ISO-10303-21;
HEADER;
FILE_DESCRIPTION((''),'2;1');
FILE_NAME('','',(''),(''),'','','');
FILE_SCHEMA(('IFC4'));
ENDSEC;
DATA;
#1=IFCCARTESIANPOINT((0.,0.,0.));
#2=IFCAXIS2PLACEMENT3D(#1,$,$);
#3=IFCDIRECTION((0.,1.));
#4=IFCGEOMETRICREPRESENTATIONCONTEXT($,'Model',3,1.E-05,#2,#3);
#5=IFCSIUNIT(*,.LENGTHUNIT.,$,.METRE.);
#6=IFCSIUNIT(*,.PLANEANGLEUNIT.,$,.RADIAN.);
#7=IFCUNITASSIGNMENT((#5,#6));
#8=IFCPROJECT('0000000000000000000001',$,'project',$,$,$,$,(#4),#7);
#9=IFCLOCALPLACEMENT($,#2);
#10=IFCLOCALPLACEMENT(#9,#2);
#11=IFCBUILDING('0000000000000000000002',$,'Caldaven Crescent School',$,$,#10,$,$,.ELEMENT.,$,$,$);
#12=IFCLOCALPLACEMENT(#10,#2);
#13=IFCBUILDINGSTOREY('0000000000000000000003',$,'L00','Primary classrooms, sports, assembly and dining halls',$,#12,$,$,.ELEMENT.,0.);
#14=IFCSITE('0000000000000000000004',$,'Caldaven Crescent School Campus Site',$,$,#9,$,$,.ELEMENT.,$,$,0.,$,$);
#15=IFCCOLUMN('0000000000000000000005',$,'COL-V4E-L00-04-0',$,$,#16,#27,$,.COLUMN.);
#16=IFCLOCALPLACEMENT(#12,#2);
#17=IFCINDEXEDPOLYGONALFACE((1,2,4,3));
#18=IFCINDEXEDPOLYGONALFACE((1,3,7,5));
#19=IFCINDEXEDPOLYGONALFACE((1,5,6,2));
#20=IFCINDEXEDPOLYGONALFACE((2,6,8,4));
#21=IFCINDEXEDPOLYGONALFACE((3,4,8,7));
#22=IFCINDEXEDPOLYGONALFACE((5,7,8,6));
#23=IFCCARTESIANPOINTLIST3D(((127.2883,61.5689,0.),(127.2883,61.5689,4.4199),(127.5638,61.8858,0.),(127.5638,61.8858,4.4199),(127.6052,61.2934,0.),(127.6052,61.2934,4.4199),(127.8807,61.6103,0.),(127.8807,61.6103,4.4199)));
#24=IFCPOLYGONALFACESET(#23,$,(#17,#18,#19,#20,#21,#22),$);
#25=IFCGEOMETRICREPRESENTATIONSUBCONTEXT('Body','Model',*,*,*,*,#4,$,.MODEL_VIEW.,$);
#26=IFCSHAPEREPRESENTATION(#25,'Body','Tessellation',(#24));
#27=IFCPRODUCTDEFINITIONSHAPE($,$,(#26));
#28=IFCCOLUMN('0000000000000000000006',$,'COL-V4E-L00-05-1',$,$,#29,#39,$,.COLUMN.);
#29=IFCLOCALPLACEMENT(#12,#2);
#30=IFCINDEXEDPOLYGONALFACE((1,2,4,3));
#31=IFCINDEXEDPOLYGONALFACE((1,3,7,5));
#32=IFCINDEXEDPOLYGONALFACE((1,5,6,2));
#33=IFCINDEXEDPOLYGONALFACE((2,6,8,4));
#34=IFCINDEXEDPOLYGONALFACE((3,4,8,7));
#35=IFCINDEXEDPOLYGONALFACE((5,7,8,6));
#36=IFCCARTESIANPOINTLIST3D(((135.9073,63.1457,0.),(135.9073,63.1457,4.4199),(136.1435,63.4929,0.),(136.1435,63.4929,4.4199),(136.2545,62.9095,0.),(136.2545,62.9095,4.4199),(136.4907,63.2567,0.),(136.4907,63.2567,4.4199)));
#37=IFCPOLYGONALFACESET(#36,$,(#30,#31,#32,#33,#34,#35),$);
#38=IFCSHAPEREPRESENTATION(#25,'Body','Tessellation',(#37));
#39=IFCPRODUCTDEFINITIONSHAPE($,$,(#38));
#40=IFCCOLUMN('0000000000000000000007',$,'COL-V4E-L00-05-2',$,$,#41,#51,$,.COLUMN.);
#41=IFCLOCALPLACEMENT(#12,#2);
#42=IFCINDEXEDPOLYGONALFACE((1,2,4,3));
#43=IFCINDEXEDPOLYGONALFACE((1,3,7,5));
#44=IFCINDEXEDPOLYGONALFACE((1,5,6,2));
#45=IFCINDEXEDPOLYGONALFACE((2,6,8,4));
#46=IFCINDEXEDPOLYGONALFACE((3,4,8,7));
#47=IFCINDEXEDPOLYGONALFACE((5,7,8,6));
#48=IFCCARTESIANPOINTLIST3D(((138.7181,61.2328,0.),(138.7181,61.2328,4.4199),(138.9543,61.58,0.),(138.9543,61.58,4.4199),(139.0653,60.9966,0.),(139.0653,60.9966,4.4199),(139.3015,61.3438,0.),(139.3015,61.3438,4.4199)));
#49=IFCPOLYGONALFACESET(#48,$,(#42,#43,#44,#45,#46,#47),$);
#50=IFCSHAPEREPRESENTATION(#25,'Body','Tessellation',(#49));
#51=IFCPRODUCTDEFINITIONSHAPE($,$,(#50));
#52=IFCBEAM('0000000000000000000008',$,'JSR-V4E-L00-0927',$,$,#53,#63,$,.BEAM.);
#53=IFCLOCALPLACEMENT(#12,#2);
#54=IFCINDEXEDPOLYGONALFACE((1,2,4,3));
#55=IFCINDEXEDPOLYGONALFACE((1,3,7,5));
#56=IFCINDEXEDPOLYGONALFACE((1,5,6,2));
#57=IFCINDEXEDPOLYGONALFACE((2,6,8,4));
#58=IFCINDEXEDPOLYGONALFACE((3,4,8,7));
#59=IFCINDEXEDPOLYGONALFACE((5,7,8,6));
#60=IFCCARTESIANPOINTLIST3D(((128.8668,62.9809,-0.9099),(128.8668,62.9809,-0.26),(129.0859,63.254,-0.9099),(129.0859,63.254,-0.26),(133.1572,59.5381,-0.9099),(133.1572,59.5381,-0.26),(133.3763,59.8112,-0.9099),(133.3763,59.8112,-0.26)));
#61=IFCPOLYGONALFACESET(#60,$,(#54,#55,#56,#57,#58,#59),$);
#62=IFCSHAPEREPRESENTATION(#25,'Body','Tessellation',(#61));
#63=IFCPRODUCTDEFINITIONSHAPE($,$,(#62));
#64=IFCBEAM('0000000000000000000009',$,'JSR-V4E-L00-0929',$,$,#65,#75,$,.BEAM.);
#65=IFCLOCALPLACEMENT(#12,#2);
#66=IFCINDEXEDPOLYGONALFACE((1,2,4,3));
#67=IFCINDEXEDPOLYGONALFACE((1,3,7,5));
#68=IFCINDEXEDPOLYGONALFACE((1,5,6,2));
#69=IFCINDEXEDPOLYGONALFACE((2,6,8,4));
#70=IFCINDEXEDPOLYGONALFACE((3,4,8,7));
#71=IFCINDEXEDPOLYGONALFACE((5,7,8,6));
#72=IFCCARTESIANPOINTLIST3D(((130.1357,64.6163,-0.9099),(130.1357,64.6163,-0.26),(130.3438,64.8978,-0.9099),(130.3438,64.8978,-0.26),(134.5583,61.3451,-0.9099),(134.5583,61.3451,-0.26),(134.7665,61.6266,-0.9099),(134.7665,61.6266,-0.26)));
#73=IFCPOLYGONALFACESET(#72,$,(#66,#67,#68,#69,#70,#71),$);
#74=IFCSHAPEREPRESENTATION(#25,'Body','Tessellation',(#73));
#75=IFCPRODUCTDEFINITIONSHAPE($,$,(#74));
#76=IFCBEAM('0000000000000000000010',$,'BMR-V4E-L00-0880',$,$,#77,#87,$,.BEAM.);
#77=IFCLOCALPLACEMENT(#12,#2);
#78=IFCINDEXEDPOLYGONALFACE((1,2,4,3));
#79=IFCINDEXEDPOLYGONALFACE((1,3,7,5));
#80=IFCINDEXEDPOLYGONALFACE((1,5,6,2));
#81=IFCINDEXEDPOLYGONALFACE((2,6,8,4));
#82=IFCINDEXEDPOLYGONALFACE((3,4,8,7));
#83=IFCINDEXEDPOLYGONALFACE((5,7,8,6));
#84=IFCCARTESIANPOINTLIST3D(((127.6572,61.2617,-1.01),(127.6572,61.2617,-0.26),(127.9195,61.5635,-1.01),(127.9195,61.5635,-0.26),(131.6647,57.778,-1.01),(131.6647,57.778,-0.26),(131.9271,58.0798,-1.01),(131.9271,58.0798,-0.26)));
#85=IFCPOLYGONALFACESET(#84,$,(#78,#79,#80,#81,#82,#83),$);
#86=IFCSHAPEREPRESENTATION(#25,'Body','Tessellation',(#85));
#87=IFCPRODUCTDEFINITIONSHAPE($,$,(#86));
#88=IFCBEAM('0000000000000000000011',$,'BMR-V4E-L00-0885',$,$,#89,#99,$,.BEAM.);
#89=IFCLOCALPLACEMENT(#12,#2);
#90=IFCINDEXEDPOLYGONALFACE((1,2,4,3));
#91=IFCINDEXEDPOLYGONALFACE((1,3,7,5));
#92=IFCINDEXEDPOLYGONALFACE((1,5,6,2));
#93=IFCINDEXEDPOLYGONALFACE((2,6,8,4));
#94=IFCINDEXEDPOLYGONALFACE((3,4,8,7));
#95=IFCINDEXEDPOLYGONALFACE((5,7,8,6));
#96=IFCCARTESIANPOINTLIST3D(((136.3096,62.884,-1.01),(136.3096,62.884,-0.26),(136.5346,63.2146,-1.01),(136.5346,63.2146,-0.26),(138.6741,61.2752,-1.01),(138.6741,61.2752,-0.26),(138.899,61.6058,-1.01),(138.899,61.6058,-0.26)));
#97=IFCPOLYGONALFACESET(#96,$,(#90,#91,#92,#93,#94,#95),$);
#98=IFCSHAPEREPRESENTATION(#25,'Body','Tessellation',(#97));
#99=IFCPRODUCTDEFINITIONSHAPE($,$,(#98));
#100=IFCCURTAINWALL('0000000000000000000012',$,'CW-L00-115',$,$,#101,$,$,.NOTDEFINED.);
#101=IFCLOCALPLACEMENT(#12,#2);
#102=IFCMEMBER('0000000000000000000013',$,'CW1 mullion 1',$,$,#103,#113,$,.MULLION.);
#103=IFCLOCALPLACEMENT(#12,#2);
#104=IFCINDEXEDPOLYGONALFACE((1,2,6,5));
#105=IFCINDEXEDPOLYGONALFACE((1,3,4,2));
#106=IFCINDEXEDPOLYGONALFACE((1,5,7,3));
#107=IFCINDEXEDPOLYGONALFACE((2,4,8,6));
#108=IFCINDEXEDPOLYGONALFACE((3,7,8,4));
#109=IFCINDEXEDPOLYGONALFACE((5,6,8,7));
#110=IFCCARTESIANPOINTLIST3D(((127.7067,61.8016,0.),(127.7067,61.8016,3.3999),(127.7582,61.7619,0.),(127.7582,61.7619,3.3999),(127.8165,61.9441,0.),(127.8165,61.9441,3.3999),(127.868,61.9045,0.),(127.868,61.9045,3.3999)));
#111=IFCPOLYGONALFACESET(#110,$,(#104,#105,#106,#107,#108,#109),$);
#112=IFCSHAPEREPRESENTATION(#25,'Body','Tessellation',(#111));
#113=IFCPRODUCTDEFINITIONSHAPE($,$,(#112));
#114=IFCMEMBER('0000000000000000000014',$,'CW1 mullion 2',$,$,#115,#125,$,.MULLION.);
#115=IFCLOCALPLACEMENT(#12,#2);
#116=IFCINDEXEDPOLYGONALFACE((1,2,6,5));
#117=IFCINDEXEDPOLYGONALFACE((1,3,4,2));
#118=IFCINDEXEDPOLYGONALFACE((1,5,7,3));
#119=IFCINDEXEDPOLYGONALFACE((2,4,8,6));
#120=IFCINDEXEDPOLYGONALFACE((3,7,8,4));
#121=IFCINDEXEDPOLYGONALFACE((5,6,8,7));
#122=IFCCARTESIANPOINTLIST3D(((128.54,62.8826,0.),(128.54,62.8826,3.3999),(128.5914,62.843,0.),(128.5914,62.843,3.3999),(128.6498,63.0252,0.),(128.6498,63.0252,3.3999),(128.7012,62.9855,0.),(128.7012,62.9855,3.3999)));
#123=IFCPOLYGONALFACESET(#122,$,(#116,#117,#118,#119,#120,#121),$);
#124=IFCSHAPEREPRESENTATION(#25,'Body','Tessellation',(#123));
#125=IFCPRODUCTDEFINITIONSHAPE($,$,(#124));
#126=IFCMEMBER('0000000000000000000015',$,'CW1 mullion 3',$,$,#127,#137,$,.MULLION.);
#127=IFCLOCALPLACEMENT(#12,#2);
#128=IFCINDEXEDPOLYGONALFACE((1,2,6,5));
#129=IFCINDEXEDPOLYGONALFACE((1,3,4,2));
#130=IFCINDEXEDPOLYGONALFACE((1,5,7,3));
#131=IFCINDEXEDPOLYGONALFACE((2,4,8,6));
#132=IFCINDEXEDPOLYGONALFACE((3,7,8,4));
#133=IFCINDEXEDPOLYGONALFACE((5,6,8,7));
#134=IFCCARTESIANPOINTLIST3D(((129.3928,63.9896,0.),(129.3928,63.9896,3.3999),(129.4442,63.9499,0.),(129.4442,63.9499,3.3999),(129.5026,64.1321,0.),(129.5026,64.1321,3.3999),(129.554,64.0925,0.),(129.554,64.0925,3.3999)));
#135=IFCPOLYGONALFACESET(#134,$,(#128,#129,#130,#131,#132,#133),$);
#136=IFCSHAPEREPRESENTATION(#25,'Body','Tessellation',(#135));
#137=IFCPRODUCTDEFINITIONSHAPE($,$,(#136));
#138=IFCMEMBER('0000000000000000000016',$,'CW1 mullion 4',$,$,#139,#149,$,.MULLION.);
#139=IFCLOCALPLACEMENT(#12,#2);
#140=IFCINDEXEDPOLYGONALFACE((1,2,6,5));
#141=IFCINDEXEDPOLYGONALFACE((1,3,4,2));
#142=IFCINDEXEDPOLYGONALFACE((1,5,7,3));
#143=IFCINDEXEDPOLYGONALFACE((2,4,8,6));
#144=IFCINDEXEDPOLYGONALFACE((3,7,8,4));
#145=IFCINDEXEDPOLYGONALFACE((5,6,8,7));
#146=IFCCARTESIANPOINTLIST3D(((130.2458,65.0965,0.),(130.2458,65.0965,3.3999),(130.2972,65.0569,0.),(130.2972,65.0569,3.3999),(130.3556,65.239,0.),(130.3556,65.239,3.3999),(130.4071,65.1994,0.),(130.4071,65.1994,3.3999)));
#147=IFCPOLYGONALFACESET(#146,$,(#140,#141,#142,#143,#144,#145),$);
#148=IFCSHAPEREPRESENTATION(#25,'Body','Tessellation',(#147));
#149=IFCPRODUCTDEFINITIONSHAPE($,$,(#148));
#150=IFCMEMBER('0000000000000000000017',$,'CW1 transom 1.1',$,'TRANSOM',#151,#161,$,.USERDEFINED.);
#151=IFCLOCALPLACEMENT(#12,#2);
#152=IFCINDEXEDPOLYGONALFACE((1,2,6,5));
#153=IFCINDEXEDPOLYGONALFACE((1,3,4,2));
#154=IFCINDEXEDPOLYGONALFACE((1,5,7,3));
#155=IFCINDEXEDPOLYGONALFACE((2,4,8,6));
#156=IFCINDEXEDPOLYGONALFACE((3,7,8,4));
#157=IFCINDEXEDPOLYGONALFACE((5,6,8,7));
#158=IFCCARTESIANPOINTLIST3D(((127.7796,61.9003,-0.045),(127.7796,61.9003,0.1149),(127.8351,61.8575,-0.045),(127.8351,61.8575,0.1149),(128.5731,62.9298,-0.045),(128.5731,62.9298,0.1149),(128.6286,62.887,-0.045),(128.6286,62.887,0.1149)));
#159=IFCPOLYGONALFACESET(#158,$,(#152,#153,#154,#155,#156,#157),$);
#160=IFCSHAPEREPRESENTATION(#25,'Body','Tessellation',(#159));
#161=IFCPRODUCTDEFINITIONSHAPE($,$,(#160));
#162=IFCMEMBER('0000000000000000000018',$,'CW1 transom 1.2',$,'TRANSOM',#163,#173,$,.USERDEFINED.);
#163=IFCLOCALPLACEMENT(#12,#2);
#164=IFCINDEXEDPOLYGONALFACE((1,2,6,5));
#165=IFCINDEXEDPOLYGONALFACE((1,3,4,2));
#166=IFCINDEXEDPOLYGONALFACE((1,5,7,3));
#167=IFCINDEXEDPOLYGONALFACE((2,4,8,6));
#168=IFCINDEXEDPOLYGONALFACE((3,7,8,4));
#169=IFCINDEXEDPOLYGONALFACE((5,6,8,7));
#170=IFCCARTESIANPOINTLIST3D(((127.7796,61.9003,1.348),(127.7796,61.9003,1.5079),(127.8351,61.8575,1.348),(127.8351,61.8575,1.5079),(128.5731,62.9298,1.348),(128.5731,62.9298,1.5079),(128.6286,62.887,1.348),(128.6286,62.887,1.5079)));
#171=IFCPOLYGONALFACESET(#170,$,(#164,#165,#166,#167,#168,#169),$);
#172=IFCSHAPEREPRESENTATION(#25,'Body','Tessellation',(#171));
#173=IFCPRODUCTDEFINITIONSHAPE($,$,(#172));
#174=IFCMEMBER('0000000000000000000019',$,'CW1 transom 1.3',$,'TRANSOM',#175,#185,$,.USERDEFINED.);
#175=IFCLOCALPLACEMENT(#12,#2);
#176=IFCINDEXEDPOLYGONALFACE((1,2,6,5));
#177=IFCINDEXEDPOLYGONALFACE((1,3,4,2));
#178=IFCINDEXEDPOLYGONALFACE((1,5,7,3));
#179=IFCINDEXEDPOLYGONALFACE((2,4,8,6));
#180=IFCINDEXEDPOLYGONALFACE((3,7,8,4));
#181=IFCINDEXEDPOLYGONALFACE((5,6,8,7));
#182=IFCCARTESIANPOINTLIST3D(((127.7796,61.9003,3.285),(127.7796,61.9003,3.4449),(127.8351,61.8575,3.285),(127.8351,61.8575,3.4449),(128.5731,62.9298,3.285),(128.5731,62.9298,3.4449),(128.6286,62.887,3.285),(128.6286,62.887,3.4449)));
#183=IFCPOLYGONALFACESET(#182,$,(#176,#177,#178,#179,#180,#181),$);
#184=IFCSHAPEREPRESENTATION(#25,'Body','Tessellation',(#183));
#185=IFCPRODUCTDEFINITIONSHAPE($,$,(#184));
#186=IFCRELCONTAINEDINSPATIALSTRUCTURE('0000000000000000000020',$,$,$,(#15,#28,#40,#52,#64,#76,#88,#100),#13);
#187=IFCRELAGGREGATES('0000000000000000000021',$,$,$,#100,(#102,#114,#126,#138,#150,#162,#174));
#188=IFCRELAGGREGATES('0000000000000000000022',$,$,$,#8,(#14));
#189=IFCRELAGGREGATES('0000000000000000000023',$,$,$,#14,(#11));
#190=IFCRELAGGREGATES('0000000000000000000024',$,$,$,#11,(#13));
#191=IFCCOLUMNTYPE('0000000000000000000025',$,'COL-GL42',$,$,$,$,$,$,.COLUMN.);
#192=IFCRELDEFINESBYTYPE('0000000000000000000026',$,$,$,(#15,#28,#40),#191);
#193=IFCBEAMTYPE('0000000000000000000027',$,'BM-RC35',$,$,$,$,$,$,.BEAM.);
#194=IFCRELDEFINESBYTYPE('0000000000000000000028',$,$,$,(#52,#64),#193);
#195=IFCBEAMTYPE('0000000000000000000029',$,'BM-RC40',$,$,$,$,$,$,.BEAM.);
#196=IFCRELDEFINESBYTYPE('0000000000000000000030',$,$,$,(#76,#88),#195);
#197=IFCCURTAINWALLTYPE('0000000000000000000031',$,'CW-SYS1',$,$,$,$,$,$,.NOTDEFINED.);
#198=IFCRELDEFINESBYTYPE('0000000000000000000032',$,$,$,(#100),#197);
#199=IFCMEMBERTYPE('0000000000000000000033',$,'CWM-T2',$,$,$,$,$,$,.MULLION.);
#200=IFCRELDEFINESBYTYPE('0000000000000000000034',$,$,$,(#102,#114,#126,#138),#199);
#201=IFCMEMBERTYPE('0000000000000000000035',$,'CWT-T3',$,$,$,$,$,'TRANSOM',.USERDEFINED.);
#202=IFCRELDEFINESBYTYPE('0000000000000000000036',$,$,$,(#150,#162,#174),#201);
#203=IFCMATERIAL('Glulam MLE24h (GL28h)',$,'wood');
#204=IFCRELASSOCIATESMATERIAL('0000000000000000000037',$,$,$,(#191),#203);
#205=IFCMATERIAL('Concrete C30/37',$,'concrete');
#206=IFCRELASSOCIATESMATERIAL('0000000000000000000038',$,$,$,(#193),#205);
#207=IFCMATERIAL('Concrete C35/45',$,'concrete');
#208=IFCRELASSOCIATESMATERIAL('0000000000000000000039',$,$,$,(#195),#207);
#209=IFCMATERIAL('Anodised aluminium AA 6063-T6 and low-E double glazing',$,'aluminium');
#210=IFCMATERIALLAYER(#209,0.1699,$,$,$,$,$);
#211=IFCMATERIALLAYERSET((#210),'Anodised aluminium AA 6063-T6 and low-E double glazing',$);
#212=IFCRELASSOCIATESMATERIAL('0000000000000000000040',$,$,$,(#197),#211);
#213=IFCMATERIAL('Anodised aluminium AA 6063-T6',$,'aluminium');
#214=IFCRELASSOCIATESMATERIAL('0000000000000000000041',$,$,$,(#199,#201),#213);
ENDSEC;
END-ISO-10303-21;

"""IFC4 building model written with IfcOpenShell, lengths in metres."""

from ifc_helpers import new_model, si_unit, direction, frame, origin, origin_2d, place, context, subcontext, project, spatial, rectangle, extrude, material, layer, layer_set, material_profile, profile_set, type_object, element, aggregate, save


model = new_model("IFC4")

# Units and contexts
model_context = context("Model", 3, precision=1e-05, world=origin(), true_north=direction((0.0, 1.0)))
body_context = subcontext(model_context, "Body", "Model", "MODEL_VIEW")
ifc_project = project(units=[si_unit("LENGTHUNIT", "METRE"), si_unit("PLANEANGLEUNIT", "RADIAN")], contexts=[model_context])

# Site, building, storey
site_placement = place(None, origin())
site = spatial("IfcSite", under=ifc_project, at=site_placement, Name="Caldaven Crescent School Campus Site", CompositionType="ELEMENT", RefElevation=0.0)
building_placement = place(site_placement, origin())
building = spatial("IfcBuilding", under=site, at=building_placement, Name="Caldaven Crescent School", CompositionType="ELEMENT")
storey_placement = place(building_placement, origin())
storey = spatial("IfcBuildingStorey", under=building, at=storey_placement, Name="L00", Description="Primary classrooms, sports, assembly and dining halls", CompositionType="ELEMENT", Elevation=0.0)

# Columns
ifc_material_1 = material(Name="Glulam MLE24h (GL28h)", Category="wood")
ifc_material_profile_1 = material_profile(ifc_material_1, rectangle(XDim=0.4199, YDim=0.4199, at=origin_2d()), Name="MLE 420x420")
ifc_profile_set_1 = profile_set([ifc_material_profile_1], Name="Glulam MLE24h (GL28h)")
column_type = type_object("IfcColumnType", Name="COL-GL42", PredefinedType="COLUMN", material=ifc_profile_set_1)
for number, where, z_axis, x_axis, name in (
    (1, (127.5845, 61.5896, 0.0), (0.0, 0.0, 1.0), (0.75471, -0.656059, 0.0), "COL-V4E-L00-04-0"),
    (2, (136.199, 63.2012, 0.0), (0.0, 0.0, 1.0), (0.826786, -0.562516, 0.0), "COL-V4E-L00-05-1"),
    (3, (139.0098, 61.2883, 0.0), (0.0, 0.0, 1.0), (0.826786, -0.562516, 0.0), "COL-V4E-L00-05-2"),
):
    element("IfcColumn", number, at=place(storey_placement, frame(where, z_axis=z_axis, x_axis=x_axis)), inside=storey, type_object=column_type, Name=name, PredefinedType="COLUMN", context=body_context, shape_type="SweptSolid", body=[
        extrude(rectangle(XDim=0.4199, YDim=0.4199, at=origin_2d()), origin(), (0.0, 0.0, 1.0), 4.4199),
    ])

# Beams
ifc_material_2 = material(Name="Concrete C30/37", Category="concrete")
ifc_material_profile_2 = material_profile(ifc_material_2, rectangle(XDim=0.3501, YDim=0.6499, at=origin_2d()), Name="RC 350x650")
ifc_profile_set_2 = profile_set([ifc_material_profile_2], Name="Concrete C30/37")
beam_type_1 = type_object("IfcBeamType", Name="BM-RC35", PredefinedType="BEAM", material=ifc_profile_set_2)
for number, where, z_axis, x_axis, name in (
    (4, (128.9763, 63.1174, -0.585), (0.779941, -0.625853, 0.0), (0.625853, 0.779941, 0.0), "JSR-V4E-L00-0927"),
    (5, (130.2397, 64.7571, -0.585), (0.803971, -0.594668, 0.0), (0.594668, 0.803971, 0.0), "JSR-V4E-L00-0929"),
):
    element("IfcBeam", number, at=place(storey_placement, frame(where, z_axis=z_axis, x_axis=x_axis)), inside=storey, type_object=beam_type_1, Name=name, PredefinedType="BEAM", context=body_context, shape_type="SweptSolid", body=[
        extrude(rectangle(XDim=0.3501, YDim=0.6499, at=origin_2d()), origin(), (0.0, 0.0, 1.0), 5.501),
    ])
ifc_material_3 = material(Name="Concrete C35/45", Category="concrete")
ifc_material_profile_3 = material_profile(ifc_material_3, rectangle(XDim=0.3999, YDim=0.75, at=origin_2d()), Name="RC 400x750")
ifc_profile_set_3 = profile_set([ifc_material_profile_3], Name="Concrete C35/45")
beam_type_2 = type_object("IfcBeamType", Name="BM-RC40", PredefinedType="BEAM", material=ifc_profile_set_3)
beam_1_placement = place(storey_placement, frame((127.7883, 61.4126, -0.635), z_axis=(0.754717, -0.65605, 0.0), x_axis=(0.65605, 0.754717, 0.0)))
element("IfcBeam", 6, at=beam_1_placement, inside=storey, type_object=beam_type_2, Name="BMR-V4E-L00-0880", PredefinedType="BEAM", context=body_context, shape_type="SweptSolid", body=[
    extrude(rectangle(XDim=0.3999, YDim=0.75, at=origin_2d()), origin(), (0.0, 0.0, 1.0), 5.3101),
])
beam_2_placement = place(storey_placement, frame((136.4221, 63.0493, -0.635), z_axis=(0.82676, -0.562555, 0.0), x_axis=(0.562555, 0.82676, 0.0)))
element("IfcBeam", 7, at=beam_2_placement, inside=storey, type_object=beam_type_2, Name="BMR-V4E-L00-0885", PredefinedType="BEAM", context=body_context, shape_type="SweptSolid", body=[
    extrude(rectangle(XDim=0.3999, YDim=0.75, at=origin_2d()), origin(), (0.0, 0.0, 1.0), 2.8599),
])

# Curtain wall, members
ifc_material_4 = material(Name="Anodised aluminium AA 6063-T6 and low-E double glazing", Category="aluminium")
ifc_layer_1 = layer(ifc_material_4, 0.1699)
ifc_layer_set_1 = layer_set([ifc_layer_1], Name="Anodised aluminium AA 6063-T6 and low-E double glazing")
curtain_wall_type = type_object("IfcCurtainWallType", Name="CW-SYS1", PredefinedType="NOTDEFINED", material=ifc_layer_set_1)
curtain_wall_placement = place(storey_placement, origin())
curtain_wall = element("IfcCurtainWall", 8, at=curtain_wall_placement, inside=storey, type_object=curtain_wall_type, Name="CW-L00-115", PredefinedType="NOTDEFINED")
ifc_material_5 = material(Name="Anodised aluminium AA 6063-T6", Category="aluminium")
ifc_material_profile_4 = material_profile(ifc_material_5, rectangle(XDim=0.0649, YDim=0.1799, at=origin_2d()), Name="CWM 65x180")
ifc_profile_set_4 = profile_set([ifc_material_profile_4], Name="Anodised aluminium AA 6063-T6")
member_type_1 = type_object("IfcMemberType", Name="CWM-T2", PredefinedType="MULLION", material=ifc_profile_set_4)
member_1_placement = place(storey_placement, frame((127.7874, 61.853, 0.0), z_axis=(0.0, 0.0, 1.0), x_axis=(-0.792103, 0.610387, 0.0)))
member_1 = element("IfcMember", 9, at=member_1_placement, type_object=member_type_1, Name="CW1 mullion 1", PredefinedType="MULLION", context=body_context, shape_type="SweptSolid", body=[
    extrude(rectangle(XDim=0.0649, YDim=0.1799, at=origin_2d()), origin(), (0.0, 0.0, 1.0), 3.3999),
])
member_2_placement = place(storey_placement, frame((128.6206, 62.9341, 0.0), z_axis=(0.0, 0.0, 1.0), x_axis=(-0.792103, 0.610387, 0.0)))
member_2 = element("IfcMember", 10, at=member_2_placement, type_object=member_type_1, Name="CW1 mullion 2", PredefinedType="MULLION", context=body_context, shape_type="SweptSolid", body=[
    extrude(rectangle(XDim=0.0649, YDim=0.1799, at=origin_2d()), origin(), (0.0, 0.0, 1.0), 3.3999),
])
member_3_placement = place(storey_placement, frame((129.4734, 64.041, 0.0), z_axis=(0.0, 0.0, 1.0), x_axis=(-0.792103, 0.610387, 0.0)))
member_3 = element("IfcMember", 11, at=member_3_placement, type_object=member_type_1, Name="CW1 mullion 3", PredefinedType="MULLION", context=body_context, shape_type="SweptSolid", body=[
    extrude(rectangle(XDim=0.0649, YDim=0.1799, at=origin_2d()), origin(), (0.0, 0.0, 1.0), 3.3999),
])
member_4_placement = place(storey_placement, frame((130.3264, 65.1479, 0.0), z_axis=(0.0, 0.0, 1.0), x_axis=(-0.792103, 0.610387, 0.0)))
member_4 = element("IfcMember", 12, at=member_4_placement, type_object=member_type_1, Name="CW1 mullion 4", PredefinedType="MULLION", context=body_context, shape_type="SweptSolid", body=[
    extrude(rectangle(XDim=0.0649, YDim=0.1799, at=origin_2d()), origin(), (0.0, 0.0, 1.0), 3.3999),
])
ifc_material_profile_5 = material_profile(ifc_material_5, rectangle(XDim=0.0701, YDim=0.1599, at=origin_2d()), Name="CWT 70x160")
ifc_profile_set_5 = profile_set([ifc_material_profile_5], Name="Anodised aluminium AA 6063-T6")
member_type_2 = type_object("IfcMemberType", Name="CWT-T3", ElementType="TRANSOM", PredefinedType="USERDEFINED", material=ifc_profile_set_5)
member_5_placement = place(storey_placement, frame((127.8074, 61.8789, 0.0349), z_axis=(0.610437, 0.792065, 0.0), x_axis=(-0.792065, 0.610437, 0.0)))
member_5 = element("IfcMember", 13, at=member_5_placement, type_object=member_type_2, Name="CW1 transom 1.1", ObjectType="TRANSOM", PredefinedType="USERDEFINED", context=body_context, shape_type="SweptSolid", body=[
    extrude(rectangle(XDim=0.0701, YDim=0.1599, at=origin_2d()), origin(), (0.0, 0.0, 1.0), 1.2998),
])
member_6_placement = place(storey_placement, frame((127.8074, 61.8789, 1.428), z_axis=(0.610437, 0.792065, 0.0), x_axis=(-0.792065, 0.610437, 0.0)))
member_6 = element("IfcMember", 14, at=member_6_placement, type_object=member_type_2, Name="CW1 transom 1.2", ObjectType="TRANSOM", PredefinedType="USERDEFINED", context=body_context, shape_type="SweptSolid", body=[
    extrude(rectangle(XDim=0.0701, YDim=0.1599, at=origin_2d()), origin(), (0.0, 0.0, 1.0), 1.2998),
])
member_7_placement = place(storey_placement, frame((127.8074, 61.8789, 3.365), z_axis=(0.610437, 0.792065, 0.0), x_axis=(-0.792065, 0.610437, 0.0)))
member_7 = element("IfcMember", 15, at=member_7_placement, type_object=member_type_2, Name="CW1 transom 1.3", ObjectType="TRANSOM", PredefinedType="USERDEFINED", context=body_context, shape_type="SweptSolid", body=[
    extrude(rectangle(XDim=0.0701, YDim=0.1599, at=origin_2d()), origin(), (0.0, 0.0, 1.0), 1.2998),
])

aggregate(curtain_wall, [member_1, member_2, member_3, member_4, member_5, member_6, member_7])

save(model, "model.ifc")
